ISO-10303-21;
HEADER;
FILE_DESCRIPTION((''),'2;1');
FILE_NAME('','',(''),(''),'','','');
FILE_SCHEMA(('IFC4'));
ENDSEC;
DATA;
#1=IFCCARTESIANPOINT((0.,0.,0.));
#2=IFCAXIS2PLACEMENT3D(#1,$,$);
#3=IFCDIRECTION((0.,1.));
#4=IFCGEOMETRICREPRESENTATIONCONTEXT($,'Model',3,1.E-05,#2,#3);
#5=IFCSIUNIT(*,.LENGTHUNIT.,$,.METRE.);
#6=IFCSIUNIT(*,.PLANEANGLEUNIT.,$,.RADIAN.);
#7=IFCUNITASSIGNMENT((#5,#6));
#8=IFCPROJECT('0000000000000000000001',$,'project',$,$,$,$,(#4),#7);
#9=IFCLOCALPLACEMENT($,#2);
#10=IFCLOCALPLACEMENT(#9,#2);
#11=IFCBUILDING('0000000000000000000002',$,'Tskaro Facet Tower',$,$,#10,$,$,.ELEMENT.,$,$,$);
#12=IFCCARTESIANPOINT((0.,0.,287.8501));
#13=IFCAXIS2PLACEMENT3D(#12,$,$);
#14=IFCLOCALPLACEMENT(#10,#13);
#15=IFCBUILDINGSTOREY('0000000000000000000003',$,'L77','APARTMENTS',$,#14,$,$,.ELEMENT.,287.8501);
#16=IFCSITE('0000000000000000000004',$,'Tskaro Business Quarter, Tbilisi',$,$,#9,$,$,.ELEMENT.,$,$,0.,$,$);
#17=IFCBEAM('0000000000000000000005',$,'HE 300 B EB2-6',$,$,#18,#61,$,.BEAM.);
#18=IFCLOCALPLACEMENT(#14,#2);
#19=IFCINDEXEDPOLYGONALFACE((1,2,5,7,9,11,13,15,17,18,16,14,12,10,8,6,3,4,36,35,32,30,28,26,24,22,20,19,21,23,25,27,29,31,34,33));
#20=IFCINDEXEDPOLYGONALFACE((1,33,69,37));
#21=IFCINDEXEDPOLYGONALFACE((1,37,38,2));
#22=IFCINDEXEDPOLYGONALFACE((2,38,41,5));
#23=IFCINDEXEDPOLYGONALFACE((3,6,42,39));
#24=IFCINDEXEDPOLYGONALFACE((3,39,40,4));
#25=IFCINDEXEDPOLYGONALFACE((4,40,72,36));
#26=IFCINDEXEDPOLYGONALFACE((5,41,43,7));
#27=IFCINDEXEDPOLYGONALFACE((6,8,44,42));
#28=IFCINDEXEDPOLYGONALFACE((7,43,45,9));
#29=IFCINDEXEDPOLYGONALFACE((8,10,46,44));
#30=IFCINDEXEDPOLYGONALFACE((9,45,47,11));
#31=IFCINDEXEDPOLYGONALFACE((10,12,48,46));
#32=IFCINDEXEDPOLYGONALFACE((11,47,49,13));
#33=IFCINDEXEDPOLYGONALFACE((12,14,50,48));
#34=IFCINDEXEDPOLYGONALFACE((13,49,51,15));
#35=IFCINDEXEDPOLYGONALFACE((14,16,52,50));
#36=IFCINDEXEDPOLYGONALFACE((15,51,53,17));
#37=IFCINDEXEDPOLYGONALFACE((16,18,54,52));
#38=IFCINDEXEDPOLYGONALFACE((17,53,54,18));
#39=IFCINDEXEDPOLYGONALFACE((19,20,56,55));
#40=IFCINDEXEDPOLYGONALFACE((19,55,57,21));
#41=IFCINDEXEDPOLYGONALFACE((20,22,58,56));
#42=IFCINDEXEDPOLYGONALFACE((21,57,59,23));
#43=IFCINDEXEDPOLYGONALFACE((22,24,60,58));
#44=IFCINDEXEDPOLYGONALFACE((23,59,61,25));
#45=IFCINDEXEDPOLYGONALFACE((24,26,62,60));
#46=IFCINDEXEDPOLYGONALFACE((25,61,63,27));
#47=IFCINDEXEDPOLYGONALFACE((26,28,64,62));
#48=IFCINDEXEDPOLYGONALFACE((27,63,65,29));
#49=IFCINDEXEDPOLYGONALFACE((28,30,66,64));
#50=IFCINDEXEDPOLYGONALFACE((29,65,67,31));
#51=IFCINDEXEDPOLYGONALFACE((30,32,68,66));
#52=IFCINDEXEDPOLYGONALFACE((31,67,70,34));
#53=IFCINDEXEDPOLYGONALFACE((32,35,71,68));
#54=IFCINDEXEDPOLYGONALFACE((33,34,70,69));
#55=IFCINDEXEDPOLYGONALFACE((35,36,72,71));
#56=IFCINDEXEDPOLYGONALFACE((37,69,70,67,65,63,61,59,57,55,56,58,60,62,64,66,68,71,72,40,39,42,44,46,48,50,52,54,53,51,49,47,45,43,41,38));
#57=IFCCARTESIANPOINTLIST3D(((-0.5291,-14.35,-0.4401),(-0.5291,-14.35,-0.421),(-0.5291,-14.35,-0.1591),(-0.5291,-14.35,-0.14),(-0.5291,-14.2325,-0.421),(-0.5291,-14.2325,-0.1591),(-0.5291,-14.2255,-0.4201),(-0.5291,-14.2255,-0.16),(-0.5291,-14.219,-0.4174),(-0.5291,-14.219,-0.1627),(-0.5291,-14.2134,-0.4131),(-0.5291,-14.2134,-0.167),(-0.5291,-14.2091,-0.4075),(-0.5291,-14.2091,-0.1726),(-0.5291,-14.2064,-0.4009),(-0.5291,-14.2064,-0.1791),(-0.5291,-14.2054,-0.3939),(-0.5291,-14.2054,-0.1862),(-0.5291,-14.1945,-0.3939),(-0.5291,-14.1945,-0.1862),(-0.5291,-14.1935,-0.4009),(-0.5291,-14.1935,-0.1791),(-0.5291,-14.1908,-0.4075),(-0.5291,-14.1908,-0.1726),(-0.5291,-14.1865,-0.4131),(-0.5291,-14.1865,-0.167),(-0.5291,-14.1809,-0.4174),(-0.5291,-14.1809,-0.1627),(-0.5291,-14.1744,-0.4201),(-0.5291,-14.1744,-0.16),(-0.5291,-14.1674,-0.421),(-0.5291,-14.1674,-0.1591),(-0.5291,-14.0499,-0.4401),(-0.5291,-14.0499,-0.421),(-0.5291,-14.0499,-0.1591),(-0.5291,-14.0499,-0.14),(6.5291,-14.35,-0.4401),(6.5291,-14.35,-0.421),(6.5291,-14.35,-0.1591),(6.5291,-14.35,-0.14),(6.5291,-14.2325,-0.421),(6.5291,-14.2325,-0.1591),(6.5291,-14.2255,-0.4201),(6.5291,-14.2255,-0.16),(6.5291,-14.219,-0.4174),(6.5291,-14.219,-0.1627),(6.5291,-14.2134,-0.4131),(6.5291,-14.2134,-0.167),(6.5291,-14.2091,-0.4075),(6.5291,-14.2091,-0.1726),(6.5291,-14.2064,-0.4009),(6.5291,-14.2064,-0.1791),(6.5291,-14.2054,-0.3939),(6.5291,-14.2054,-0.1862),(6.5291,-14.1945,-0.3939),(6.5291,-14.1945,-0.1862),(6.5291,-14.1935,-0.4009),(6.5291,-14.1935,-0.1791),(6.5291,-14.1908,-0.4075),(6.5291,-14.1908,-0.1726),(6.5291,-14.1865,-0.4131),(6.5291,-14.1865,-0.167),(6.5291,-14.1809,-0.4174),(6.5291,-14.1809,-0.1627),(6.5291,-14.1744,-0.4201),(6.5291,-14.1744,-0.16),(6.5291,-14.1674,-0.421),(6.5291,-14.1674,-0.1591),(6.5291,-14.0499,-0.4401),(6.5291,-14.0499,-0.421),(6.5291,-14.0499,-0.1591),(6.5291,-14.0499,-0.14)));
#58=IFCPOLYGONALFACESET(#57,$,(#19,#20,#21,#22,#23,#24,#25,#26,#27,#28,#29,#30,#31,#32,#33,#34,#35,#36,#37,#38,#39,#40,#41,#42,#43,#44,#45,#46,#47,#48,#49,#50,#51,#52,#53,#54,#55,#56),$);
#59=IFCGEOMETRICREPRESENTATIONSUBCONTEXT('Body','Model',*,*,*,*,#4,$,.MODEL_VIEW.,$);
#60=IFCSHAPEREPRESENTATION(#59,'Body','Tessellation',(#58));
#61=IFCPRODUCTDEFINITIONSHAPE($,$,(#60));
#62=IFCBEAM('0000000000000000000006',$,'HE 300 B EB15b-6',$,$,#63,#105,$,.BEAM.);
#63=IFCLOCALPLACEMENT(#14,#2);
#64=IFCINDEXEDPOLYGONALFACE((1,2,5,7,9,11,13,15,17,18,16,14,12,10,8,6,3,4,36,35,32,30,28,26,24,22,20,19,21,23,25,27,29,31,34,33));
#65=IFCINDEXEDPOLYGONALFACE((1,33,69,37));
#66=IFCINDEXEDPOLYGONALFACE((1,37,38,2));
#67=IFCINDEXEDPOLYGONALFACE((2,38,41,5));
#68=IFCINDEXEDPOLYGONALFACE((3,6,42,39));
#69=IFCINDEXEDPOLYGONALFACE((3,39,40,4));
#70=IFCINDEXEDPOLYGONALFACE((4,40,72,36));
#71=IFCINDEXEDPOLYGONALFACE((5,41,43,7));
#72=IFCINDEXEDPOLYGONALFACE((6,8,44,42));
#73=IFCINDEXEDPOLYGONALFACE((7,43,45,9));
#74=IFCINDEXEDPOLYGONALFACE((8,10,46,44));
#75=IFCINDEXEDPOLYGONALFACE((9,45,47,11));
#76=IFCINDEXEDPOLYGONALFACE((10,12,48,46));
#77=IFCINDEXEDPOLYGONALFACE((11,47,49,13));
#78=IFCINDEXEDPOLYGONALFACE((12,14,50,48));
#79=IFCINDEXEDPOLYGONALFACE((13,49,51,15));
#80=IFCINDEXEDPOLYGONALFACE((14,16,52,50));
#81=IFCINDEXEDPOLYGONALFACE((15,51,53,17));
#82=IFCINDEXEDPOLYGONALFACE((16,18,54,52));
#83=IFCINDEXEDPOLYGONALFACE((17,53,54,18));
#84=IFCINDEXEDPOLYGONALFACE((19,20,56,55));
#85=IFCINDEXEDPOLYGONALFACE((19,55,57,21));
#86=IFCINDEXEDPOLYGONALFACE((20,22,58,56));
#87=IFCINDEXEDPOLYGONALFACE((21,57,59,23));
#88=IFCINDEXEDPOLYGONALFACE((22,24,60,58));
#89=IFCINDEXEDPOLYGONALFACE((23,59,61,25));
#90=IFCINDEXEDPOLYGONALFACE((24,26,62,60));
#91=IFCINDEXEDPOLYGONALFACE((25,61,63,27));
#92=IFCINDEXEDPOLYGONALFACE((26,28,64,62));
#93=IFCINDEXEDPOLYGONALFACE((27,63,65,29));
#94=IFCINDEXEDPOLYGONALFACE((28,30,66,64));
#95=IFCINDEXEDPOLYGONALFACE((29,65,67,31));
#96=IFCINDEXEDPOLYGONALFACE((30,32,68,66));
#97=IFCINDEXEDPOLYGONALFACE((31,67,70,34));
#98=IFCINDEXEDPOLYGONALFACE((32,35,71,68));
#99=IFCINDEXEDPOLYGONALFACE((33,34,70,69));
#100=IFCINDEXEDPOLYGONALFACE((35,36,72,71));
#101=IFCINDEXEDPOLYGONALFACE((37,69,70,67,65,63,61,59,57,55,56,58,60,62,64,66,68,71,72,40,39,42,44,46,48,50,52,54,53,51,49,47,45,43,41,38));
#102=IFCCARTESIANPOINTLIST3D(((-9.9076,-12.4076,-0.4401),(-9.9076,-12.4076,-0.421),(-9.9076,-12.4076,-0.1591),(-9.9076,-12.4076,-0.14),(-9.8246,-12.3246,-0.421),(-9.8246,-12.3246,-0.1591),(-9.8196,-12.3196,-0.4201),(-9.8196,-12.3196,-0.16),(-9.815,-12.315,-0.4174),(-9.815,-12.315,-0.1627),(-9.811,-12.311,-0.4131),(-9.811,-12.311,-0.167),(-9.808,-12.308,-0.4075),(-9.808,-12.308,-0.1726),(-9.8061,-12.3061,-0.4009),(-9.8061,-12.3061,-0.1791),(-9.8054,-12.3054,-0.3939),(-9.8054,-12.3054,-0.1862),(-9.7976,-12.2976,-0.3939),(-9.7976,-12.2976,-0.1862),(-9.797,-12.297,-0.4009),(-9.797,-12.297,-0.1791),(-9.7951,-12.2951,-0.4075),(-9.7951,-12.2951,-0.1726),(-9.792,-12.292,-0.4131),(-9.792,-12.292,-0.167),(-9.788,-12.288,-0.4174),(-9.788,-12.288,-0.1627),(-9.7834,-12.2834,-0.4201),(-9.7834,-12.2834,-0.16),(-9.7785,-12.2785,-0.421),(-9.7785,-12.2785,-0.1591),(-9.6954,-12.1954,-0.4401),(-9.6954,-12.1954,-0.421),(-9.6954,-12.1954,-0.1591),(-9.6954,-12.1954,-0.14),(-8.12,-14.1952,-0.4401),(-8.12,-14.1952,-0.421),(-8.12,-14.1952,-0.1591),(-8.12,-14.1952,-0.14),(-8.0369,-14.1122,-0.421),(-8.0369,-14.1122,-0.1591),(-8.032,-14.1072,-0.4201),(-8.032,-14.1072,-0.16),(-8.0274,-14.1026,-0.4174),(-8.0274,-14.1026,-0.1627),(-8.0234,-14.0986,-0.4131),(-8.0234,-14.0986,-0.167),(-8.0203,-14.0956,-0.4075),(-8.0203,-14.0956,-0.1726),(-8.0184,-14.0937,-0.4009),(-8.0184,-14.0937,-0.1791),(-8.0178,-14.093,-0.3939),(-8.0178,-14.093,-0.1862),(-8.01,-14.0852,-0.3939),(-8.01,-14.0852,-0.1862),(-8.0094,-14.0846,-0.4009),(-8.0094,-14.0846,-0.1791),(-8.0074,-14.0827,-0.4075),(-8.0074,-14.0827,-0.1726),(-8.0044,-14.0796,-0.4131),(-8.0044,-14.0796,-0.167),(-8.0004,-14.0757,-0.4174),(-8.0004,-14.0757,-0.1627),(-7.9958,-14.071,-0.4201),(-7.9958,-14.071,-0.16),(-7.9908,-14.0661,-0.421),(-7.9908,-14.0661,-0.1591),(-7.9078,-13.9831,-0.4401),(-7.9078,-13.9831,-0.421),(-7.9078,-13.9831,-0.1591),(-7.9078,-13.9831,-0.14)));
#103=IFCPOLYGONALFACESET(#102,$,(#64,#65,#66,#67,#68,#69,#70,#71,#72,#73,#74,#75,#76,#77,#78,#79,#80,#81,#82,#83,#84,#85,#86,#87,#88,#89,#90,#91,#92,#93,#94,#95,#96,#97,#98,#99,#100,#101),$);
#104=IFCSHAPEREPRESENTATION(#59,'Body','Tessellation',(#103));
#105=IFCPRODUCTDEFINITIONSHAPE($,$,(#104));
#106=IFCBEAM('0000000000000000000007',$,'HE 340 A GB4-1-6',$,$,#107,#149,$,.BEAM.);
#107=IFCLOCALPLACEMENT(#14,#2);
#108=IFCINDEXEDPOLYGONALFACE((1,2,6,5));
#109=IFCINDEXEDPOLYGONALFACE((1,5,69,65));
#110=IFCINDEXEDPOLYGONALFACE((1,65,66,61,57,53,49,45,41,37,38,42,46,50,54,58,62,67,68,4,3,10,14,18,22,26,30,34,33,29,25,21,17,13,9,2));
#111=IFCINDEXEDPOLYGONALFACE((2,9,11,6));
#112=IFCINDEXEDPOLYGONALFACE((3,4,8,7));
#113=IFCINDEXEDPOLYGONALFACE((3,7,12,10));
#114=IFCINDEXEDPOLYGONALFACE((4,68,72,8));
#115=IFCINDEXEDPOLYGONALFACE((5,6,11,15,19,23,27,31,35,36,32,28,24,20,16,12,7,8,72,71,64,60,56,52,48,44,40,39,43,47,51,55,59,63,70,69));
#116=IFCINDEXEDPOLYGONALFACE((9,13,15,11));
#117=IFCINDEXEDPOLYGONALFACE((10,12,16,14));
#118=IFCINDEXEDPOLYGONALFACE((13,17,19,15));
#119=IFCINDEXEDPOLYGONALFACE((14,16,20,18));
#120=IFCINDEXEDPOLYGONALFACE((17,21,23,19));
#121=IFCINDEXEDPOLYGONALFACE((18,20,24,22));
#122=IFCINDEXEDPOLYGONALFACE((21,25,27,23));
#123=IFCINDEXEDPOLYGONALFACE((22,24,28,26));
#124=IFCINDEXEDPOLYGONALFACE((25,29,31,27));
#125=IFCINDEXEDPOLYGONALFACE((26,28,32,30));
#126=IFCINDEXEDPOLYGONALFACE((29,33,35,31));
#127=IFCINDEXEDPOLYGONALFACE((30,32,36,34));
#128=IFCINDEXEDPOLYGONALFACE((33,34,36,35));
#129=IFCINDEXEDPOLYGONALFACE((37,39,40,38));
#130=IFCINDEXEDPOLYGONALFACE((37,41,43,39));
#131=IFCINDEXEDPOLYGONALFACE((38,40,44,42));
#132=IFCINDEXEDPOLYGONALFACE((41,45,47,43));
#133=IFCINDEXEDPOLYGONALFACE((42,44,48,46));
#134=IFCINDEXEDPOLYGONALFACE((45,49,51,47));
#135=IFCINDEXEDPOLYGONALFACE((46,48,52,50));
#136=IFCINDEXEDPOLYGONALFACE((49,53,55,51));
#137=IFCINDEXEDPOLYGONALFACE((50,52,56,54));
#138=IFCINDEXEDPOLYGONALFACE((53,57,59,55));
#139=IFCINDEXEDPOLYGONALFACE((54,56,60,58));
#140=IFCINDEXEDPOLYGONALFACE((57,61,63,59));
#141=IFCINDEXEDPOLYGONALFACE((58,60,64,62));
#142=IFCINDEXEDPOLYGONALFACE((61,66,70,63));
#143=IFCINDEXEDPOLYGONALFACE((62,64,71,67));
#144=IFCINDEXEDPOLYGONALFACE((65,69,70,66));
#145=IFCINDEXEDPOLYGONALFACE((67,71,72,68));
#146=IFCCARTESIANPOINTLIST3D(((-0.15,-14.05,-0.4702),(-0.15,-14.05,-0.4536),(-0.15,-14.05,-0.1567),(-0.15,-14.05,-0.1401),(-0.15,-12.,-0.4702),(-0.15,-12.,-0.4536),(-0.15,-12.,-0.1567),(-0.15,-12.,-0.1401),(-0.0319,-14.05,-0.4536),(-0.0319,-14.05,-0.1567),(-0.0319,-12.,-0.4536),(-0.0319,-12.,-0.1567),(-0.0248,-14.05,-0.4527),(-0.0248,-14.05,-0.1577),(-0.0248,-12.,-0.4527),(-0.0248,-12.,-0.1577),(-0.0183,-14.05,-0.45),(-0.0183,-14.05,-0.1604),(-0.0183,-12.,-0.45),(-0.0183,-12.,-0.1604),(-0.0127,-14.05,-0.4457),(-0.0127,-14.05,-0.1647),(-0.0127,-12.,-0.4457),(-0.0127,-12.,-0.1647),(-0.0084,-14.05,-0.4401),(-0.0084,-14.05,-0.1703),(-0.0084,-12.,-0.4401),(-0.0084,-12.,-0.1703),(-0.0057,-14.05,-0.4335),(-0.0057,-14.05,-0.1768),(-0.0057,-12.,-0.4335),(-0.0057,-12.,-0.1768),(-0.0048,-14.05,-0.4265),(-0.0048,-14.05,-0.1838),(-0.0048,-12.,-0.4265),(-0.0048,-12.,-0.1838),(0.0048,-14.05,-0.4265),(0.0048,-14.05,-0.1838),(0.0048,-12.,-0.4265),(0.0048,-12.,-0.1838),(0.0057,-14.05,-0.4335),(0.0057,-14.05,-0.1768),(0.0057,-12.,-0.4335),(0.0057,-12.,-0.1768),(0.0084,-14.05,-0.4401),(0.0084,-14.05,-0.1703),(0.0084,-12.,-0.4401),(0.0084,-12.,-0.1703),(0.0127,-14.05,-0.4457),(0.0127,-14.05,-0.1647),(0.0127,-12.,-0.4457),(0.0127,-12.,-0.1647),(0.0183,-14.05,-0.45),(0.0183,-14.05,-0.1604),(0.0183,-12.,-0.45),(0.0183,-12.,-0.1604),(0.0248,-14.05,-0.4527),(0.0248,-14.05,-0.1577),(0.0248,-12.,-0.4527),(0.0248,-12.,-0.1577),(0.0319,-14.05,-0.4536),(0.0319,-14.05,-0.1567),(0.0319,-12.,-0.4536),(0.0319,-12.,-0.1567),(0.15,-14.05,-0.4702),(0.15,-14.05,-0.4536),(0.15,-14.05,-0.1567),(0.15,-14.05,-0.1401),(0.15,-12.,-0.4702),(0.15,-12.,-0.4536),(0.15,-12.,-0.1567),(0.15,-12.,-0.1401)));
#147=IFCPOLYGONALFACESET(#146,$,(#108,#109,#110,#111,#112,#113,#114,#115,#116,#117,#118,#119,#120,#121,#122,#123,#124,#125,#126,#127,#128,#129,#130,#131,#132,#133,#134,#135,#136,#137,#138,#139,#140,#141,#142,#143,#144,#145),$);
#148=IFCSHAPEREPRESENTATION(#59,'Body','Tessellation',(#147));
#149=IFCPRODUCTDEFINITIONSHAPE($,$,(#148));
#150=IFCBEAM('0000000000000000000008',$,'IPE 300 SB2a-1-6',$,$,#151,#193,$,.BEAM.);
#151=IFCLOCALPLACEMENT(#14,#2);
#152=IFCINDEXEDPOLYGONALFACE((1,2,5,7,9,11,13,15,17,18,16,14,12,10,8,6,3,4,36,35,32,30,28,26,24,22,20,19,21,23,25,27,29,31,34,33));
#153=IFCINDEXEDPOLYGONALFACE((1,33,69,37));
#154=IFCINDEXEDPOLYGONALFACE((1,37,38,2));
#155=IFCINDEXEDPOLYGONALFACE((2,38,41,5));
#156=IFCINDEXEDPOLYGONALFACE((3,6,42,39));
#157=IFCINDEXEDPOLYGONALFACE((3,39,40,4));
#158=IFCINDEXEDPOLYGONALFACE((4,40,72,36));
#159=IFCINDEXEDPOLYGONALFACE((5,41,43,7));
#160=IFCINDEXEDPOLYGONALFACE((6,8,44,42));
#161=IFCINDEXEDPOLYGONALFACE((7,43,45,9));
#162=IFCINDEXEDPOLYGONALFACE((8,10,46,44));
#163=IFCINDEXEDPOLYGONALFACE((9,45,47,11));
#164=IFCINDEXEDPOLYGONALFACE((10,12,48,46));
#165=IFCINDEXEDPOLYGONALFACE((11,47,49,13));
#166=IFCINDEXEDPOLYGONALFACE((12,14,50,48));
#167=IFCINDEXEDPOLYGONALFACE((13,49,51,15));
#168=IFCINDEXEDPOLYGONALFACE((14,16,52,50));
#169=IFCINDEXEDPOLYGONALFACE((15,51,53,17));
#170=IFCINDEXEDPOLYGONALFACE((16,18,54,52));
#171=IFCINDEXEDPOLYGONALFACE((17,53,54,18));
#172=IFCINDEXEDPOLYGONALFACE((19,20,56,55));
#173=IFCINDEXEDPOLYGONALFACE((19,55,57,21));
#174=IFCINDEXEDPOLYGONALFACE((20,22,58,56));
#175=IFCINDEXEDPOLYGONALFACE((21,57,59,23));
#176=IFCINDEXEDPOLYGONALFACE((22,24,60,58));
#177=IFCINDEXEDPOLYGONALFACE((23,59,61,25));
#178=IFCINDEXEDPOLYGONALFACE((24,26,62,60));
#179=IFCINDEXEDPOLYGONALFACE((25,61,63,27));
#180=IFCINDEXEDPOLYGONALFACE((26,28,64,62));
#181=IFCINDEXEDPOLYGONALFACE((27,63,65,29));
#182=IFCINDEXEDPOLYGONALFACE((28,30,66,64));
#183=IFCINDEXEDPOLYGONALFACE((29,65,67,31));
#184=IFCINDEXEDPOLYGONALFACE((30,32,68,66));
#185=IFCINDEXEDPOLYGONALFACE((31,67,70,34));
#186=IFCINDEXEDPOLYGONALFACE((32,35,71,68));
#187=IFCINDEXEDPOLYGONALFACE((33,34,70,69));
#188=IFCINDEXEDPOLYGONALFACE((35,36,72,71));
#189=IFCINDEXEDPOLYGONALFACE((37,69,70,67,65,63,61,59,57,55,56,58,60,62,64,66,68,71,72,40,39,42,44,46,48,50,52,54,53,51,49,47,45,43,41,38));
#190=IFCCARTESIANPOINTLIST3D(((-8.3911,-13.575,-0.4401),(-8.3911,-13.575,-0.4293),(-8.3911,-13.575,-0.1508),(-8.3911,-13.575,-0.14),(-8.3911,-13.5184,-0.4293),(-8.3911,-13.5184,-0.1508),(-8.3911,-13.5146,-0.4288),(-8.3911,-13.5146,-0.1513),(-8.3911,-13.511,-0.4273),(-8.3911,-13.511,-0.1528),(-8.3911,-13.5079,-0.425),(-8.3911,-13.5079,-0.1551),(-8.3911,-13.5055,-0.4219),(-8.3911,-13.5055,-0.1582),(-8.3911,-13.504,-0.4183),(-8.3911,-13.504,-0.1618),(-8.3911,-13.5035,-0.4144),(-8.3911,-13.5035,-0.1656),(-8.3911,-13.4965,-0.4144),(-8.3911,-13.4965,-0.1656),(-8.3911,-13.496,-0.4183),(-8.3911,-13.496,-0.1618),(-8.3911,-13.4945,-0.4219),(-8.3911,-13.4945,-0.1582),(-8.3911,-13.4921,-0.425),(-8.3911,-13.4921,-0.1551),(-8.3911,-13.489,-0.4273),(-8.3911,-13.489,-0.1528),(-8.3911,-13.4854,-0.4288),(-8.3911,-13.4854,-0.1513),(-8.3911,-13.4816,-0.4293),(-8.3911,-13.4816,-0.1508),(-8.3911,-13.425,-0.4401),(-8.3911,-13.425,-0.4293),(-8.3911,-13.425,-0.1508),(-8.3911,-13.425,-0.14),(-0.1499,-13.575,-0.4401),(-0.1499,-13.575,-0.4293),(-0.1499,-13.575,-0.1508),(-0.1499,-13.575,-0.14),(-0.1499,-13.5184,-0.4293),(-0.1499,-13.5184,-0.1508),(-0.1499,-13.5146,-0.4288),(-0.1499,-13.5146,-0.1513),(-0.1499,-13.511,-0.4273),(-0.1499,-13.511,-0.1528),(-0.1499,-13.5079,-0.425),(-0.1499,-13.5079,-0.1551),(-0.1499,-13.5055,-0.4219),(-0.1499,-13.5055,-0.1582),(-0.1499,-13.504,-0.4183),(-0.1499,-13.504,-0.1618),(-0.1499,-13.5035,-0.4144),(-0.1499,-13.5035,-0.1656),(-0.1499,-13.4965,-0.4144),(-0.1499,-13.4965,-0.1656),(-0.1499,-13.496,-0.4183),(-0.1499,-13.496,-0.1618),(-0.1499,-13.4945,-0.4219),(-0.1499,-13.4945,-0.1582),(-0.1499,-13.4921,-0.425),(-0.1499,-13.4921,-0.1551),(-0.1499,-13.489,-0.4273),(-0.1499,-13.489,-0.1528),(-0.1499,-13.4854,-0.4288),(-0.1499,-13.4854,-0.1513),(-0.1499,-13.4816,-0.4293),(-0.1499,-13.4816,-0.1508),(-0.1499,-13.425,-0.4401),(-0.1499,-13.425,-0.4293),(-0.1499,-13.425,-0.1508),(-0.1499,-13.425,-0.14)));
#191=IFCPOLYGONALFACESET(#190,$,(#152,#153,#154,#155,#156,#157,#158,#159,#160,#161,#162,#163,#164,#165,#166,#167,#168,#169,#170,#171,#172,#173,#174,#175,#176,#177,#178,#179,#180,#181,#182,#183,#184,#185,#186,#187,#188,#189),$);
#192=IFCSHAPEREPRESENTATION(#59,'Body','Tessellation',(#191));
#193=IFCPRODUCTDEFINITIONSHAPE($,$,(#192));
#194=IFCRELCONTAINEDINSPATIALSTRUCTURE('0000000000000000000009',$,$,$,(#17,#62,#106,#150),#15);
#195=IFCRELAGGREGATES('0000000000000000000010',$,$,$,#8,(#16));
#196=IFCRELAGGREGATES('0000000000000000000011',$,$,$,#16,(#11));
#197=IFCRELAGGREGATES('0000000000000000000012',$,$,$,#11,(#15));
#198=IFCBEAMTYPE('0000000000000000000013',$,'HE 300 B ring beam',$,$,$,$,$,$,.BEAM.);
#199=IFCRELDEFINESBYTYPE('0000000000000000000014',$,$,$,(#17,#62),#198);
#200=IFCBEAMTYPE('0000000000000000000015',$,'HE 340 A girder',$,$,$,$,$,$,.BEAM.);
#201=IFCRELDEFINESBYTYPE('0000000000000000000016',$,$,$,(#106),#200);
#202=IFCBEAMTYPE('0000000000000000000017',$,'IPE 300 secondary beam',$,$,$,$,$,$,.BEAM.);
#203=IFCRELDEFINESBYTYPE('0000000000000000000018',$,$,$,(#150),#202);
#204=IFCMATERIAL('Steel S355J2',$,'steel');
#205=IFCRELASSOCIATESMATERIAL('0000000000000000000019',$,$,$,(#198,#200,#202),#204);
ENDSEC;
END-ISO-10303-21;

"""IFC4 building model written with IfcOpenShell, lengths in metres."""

from ifc_helpers import new_model, si_unit, direction, frame, origin, origin_2d, place, context, subcontext, project, spatial, i_section, extrude, material, material_profile, profile_set, type_object, element, save


model = new_model("IFC4")

# Units and contexts
model_context = context("Model", 3, precision=1e-05, world=origin(), true_north=direction((0.0, 1.0)))
body_context = subcontext(model_context, "Body", "Model", "MODEL_VIEW")
ifc_project = project(units=[si_unit("LENGTHUNIT", "METRE"), si_unit("PLANEANGLEUNIT", "RADIAN")], contexts=[model_context])

# Site, building, storey
site_placement = place(None, origin())
site = spatial("IfcSite", under=ifc_project, at=site_placement, Name="Tskaro Business Quarter, Tbilisi", CompositionType="ELEMENT", RefElevation=0.0)
building_placement = place(site_placement, origin())
building = spatial("IfcBuilding", under=site, at=building_placement, Name="Tskaro Facet Tower", CompositionType="ELEMENT")
storey_placement = place(building_placement, frame((0.0, 0.0, 287.8501)))
storey = spatial("IfcBuildingStorey", under=building, at=storey_placement, Name="L77", Description="APARTMENTS", CompositionType="ELEMENT", Elevation=287.8501)

# Shared definitions
ifc_material_1 = material(Name="Steel S355J2", Category="steel")

# Beams
ifc_material_profile_1 = material_profile(ifc_material_1, i_section(OverallWidth=0.3, OverallDepth=0.3, WebThickness=0.011, FlangeThickness=0.019, FilletRadius=0.0271, at=origin_2d()), Name="HE 300 B")
ifc_profile_set_1 = profile_set([ifc_material_profile_1], Name="Steel S355J2")
beam_type_1 = type_object("IfcBeamType", Name="HE 300 B ring beam", PredefinedType="BEAM", material=ifc_profile_set_1)
beam_1_placement = place(storey_placement, frame((-0.5291, -14.2, -0.29), z_axis=(1.0, 0.0, 0.0), x_axis=(0.0, 1.0, 0.0)))
element("IfcBeam", 1, at=beam_1_placement, inside=storey, type_object=beam_type_1, Name="HE 300 B EB2-6", PredefinedType="BEAM", context=body_context, shape_type="SweptSolid", body=[
    extrude(i_section(OverallWidth=0.3, OverallDepth=0.3, WebThickness=0.011, FlangeThickness=0.019, FilletRadius=0.0271, at=origin_2d()), origin(), (0.0, 0.0, 1.0), 7.0581),
])
beam_2_placement = place(storey_placement, frame((-9.8015, -12.3015, -0.29), z_axis=(0.707107, -0.707107, 0.0), x_axis=(0.707107, 0.707107, 0.0)))
element("IfcBeam", 2, at=beam_2_placement, inside=storey, type_object=beam_type_1, Name="HE 300 B EB15b-6", PredefinedType="BEAM", context=body_context, shape_type="SweptSolid", body=[
    extrude(i_section(OverallWidth=0.3, OverallDepth=0.3, WebThickness=0.011, FlangeThickness=0.019, FilletRadius=0.0271, at=origin_2d()), origin(), (0.0, 0.0, 1.0), 2.5281),
])
ifc_material_profile_2 = material_profile(ifc_material_1, i_section(OverallWidth=0.3, OverallDepth=0.3301, WebThickness=0.0095, FlangeThickness=0.0166, FilletRadius=0.0271, at=origin_2d()), Name="HE 340 A")
ifc_profile_set_2 = profile_set([ifc_material_profile_2], Name="Steel S355J2")
beam_type_2 = type_object("IfcBeamType", Name="HE 340 A girder", PredefinedType="BEAM", material=ifc_profile_set_2)
beam_3_placement = place(storey_placement, frame((0.0, -14.05, -0.3052), z_axis=(0.0, 1.0, 0.0), x_axis=(-1.0, 0.0, 0.0)))
element("IfcBeam", 3, at=beam_3_placement, inside=storey, type_object=beam_type_2, Name="HE 340 A GB4-1-6", PredefinedType="BEAM", context=body_context, shape_type="SweptSolid", body=[
    extrude(i_section(OverallWidth=0.3, OverallDepth=0.3301, WebThickness=0.0095, FlangeThickness=0.0166, FilletRadius=0.0271, at=origin_2d()), origin(), (0.0, 0.0, 1.0), 2.05),
])
ifc_material_profile_3 = material_profile(ifc_material_1, i_section(OverallWidth=0.1499, OverallDepth=0.3, WebThickness=0.0071, FlangeThickness=0.0107, FilletRadius=0.0149, at=origin_2d()), Name="IPE 300")
ifc_profile_set_3 = profile_set([ifc_material_profile_3], Name="Steel S355J2")
beam_type_3 = type_object("IfcBeamType", Name="IPE 300 secondary beam", PredefinedType="BEAM", material=ifc_profile_set_3)
beam_4_placement = place(storey_placement, frame((-8.3911, -13.5, -0.29), z_axis=(1.0, 0.0, 0.0), x_axis=(0.0, 1.0, 0.0)))
element("IfcBeam", 4, at=beam_4_placement, inside=storey, type_object=beam_type_3, Name="IPE 300 SB2a-1-6", PredefinedType="BEAM", context=body_context, shape_type="SweptSolid", body=[
    extrude(i_section(OverallWidth=0.1499, OverallDepth=0.3, WebThickness=0.0071, FlangeThickness=0.0107, FilletRadius=0.0149, at=origin_2d()), origin(), (0.0, 0.0, 1.0), 8.2412),
])

save(model, "model.ifc")
